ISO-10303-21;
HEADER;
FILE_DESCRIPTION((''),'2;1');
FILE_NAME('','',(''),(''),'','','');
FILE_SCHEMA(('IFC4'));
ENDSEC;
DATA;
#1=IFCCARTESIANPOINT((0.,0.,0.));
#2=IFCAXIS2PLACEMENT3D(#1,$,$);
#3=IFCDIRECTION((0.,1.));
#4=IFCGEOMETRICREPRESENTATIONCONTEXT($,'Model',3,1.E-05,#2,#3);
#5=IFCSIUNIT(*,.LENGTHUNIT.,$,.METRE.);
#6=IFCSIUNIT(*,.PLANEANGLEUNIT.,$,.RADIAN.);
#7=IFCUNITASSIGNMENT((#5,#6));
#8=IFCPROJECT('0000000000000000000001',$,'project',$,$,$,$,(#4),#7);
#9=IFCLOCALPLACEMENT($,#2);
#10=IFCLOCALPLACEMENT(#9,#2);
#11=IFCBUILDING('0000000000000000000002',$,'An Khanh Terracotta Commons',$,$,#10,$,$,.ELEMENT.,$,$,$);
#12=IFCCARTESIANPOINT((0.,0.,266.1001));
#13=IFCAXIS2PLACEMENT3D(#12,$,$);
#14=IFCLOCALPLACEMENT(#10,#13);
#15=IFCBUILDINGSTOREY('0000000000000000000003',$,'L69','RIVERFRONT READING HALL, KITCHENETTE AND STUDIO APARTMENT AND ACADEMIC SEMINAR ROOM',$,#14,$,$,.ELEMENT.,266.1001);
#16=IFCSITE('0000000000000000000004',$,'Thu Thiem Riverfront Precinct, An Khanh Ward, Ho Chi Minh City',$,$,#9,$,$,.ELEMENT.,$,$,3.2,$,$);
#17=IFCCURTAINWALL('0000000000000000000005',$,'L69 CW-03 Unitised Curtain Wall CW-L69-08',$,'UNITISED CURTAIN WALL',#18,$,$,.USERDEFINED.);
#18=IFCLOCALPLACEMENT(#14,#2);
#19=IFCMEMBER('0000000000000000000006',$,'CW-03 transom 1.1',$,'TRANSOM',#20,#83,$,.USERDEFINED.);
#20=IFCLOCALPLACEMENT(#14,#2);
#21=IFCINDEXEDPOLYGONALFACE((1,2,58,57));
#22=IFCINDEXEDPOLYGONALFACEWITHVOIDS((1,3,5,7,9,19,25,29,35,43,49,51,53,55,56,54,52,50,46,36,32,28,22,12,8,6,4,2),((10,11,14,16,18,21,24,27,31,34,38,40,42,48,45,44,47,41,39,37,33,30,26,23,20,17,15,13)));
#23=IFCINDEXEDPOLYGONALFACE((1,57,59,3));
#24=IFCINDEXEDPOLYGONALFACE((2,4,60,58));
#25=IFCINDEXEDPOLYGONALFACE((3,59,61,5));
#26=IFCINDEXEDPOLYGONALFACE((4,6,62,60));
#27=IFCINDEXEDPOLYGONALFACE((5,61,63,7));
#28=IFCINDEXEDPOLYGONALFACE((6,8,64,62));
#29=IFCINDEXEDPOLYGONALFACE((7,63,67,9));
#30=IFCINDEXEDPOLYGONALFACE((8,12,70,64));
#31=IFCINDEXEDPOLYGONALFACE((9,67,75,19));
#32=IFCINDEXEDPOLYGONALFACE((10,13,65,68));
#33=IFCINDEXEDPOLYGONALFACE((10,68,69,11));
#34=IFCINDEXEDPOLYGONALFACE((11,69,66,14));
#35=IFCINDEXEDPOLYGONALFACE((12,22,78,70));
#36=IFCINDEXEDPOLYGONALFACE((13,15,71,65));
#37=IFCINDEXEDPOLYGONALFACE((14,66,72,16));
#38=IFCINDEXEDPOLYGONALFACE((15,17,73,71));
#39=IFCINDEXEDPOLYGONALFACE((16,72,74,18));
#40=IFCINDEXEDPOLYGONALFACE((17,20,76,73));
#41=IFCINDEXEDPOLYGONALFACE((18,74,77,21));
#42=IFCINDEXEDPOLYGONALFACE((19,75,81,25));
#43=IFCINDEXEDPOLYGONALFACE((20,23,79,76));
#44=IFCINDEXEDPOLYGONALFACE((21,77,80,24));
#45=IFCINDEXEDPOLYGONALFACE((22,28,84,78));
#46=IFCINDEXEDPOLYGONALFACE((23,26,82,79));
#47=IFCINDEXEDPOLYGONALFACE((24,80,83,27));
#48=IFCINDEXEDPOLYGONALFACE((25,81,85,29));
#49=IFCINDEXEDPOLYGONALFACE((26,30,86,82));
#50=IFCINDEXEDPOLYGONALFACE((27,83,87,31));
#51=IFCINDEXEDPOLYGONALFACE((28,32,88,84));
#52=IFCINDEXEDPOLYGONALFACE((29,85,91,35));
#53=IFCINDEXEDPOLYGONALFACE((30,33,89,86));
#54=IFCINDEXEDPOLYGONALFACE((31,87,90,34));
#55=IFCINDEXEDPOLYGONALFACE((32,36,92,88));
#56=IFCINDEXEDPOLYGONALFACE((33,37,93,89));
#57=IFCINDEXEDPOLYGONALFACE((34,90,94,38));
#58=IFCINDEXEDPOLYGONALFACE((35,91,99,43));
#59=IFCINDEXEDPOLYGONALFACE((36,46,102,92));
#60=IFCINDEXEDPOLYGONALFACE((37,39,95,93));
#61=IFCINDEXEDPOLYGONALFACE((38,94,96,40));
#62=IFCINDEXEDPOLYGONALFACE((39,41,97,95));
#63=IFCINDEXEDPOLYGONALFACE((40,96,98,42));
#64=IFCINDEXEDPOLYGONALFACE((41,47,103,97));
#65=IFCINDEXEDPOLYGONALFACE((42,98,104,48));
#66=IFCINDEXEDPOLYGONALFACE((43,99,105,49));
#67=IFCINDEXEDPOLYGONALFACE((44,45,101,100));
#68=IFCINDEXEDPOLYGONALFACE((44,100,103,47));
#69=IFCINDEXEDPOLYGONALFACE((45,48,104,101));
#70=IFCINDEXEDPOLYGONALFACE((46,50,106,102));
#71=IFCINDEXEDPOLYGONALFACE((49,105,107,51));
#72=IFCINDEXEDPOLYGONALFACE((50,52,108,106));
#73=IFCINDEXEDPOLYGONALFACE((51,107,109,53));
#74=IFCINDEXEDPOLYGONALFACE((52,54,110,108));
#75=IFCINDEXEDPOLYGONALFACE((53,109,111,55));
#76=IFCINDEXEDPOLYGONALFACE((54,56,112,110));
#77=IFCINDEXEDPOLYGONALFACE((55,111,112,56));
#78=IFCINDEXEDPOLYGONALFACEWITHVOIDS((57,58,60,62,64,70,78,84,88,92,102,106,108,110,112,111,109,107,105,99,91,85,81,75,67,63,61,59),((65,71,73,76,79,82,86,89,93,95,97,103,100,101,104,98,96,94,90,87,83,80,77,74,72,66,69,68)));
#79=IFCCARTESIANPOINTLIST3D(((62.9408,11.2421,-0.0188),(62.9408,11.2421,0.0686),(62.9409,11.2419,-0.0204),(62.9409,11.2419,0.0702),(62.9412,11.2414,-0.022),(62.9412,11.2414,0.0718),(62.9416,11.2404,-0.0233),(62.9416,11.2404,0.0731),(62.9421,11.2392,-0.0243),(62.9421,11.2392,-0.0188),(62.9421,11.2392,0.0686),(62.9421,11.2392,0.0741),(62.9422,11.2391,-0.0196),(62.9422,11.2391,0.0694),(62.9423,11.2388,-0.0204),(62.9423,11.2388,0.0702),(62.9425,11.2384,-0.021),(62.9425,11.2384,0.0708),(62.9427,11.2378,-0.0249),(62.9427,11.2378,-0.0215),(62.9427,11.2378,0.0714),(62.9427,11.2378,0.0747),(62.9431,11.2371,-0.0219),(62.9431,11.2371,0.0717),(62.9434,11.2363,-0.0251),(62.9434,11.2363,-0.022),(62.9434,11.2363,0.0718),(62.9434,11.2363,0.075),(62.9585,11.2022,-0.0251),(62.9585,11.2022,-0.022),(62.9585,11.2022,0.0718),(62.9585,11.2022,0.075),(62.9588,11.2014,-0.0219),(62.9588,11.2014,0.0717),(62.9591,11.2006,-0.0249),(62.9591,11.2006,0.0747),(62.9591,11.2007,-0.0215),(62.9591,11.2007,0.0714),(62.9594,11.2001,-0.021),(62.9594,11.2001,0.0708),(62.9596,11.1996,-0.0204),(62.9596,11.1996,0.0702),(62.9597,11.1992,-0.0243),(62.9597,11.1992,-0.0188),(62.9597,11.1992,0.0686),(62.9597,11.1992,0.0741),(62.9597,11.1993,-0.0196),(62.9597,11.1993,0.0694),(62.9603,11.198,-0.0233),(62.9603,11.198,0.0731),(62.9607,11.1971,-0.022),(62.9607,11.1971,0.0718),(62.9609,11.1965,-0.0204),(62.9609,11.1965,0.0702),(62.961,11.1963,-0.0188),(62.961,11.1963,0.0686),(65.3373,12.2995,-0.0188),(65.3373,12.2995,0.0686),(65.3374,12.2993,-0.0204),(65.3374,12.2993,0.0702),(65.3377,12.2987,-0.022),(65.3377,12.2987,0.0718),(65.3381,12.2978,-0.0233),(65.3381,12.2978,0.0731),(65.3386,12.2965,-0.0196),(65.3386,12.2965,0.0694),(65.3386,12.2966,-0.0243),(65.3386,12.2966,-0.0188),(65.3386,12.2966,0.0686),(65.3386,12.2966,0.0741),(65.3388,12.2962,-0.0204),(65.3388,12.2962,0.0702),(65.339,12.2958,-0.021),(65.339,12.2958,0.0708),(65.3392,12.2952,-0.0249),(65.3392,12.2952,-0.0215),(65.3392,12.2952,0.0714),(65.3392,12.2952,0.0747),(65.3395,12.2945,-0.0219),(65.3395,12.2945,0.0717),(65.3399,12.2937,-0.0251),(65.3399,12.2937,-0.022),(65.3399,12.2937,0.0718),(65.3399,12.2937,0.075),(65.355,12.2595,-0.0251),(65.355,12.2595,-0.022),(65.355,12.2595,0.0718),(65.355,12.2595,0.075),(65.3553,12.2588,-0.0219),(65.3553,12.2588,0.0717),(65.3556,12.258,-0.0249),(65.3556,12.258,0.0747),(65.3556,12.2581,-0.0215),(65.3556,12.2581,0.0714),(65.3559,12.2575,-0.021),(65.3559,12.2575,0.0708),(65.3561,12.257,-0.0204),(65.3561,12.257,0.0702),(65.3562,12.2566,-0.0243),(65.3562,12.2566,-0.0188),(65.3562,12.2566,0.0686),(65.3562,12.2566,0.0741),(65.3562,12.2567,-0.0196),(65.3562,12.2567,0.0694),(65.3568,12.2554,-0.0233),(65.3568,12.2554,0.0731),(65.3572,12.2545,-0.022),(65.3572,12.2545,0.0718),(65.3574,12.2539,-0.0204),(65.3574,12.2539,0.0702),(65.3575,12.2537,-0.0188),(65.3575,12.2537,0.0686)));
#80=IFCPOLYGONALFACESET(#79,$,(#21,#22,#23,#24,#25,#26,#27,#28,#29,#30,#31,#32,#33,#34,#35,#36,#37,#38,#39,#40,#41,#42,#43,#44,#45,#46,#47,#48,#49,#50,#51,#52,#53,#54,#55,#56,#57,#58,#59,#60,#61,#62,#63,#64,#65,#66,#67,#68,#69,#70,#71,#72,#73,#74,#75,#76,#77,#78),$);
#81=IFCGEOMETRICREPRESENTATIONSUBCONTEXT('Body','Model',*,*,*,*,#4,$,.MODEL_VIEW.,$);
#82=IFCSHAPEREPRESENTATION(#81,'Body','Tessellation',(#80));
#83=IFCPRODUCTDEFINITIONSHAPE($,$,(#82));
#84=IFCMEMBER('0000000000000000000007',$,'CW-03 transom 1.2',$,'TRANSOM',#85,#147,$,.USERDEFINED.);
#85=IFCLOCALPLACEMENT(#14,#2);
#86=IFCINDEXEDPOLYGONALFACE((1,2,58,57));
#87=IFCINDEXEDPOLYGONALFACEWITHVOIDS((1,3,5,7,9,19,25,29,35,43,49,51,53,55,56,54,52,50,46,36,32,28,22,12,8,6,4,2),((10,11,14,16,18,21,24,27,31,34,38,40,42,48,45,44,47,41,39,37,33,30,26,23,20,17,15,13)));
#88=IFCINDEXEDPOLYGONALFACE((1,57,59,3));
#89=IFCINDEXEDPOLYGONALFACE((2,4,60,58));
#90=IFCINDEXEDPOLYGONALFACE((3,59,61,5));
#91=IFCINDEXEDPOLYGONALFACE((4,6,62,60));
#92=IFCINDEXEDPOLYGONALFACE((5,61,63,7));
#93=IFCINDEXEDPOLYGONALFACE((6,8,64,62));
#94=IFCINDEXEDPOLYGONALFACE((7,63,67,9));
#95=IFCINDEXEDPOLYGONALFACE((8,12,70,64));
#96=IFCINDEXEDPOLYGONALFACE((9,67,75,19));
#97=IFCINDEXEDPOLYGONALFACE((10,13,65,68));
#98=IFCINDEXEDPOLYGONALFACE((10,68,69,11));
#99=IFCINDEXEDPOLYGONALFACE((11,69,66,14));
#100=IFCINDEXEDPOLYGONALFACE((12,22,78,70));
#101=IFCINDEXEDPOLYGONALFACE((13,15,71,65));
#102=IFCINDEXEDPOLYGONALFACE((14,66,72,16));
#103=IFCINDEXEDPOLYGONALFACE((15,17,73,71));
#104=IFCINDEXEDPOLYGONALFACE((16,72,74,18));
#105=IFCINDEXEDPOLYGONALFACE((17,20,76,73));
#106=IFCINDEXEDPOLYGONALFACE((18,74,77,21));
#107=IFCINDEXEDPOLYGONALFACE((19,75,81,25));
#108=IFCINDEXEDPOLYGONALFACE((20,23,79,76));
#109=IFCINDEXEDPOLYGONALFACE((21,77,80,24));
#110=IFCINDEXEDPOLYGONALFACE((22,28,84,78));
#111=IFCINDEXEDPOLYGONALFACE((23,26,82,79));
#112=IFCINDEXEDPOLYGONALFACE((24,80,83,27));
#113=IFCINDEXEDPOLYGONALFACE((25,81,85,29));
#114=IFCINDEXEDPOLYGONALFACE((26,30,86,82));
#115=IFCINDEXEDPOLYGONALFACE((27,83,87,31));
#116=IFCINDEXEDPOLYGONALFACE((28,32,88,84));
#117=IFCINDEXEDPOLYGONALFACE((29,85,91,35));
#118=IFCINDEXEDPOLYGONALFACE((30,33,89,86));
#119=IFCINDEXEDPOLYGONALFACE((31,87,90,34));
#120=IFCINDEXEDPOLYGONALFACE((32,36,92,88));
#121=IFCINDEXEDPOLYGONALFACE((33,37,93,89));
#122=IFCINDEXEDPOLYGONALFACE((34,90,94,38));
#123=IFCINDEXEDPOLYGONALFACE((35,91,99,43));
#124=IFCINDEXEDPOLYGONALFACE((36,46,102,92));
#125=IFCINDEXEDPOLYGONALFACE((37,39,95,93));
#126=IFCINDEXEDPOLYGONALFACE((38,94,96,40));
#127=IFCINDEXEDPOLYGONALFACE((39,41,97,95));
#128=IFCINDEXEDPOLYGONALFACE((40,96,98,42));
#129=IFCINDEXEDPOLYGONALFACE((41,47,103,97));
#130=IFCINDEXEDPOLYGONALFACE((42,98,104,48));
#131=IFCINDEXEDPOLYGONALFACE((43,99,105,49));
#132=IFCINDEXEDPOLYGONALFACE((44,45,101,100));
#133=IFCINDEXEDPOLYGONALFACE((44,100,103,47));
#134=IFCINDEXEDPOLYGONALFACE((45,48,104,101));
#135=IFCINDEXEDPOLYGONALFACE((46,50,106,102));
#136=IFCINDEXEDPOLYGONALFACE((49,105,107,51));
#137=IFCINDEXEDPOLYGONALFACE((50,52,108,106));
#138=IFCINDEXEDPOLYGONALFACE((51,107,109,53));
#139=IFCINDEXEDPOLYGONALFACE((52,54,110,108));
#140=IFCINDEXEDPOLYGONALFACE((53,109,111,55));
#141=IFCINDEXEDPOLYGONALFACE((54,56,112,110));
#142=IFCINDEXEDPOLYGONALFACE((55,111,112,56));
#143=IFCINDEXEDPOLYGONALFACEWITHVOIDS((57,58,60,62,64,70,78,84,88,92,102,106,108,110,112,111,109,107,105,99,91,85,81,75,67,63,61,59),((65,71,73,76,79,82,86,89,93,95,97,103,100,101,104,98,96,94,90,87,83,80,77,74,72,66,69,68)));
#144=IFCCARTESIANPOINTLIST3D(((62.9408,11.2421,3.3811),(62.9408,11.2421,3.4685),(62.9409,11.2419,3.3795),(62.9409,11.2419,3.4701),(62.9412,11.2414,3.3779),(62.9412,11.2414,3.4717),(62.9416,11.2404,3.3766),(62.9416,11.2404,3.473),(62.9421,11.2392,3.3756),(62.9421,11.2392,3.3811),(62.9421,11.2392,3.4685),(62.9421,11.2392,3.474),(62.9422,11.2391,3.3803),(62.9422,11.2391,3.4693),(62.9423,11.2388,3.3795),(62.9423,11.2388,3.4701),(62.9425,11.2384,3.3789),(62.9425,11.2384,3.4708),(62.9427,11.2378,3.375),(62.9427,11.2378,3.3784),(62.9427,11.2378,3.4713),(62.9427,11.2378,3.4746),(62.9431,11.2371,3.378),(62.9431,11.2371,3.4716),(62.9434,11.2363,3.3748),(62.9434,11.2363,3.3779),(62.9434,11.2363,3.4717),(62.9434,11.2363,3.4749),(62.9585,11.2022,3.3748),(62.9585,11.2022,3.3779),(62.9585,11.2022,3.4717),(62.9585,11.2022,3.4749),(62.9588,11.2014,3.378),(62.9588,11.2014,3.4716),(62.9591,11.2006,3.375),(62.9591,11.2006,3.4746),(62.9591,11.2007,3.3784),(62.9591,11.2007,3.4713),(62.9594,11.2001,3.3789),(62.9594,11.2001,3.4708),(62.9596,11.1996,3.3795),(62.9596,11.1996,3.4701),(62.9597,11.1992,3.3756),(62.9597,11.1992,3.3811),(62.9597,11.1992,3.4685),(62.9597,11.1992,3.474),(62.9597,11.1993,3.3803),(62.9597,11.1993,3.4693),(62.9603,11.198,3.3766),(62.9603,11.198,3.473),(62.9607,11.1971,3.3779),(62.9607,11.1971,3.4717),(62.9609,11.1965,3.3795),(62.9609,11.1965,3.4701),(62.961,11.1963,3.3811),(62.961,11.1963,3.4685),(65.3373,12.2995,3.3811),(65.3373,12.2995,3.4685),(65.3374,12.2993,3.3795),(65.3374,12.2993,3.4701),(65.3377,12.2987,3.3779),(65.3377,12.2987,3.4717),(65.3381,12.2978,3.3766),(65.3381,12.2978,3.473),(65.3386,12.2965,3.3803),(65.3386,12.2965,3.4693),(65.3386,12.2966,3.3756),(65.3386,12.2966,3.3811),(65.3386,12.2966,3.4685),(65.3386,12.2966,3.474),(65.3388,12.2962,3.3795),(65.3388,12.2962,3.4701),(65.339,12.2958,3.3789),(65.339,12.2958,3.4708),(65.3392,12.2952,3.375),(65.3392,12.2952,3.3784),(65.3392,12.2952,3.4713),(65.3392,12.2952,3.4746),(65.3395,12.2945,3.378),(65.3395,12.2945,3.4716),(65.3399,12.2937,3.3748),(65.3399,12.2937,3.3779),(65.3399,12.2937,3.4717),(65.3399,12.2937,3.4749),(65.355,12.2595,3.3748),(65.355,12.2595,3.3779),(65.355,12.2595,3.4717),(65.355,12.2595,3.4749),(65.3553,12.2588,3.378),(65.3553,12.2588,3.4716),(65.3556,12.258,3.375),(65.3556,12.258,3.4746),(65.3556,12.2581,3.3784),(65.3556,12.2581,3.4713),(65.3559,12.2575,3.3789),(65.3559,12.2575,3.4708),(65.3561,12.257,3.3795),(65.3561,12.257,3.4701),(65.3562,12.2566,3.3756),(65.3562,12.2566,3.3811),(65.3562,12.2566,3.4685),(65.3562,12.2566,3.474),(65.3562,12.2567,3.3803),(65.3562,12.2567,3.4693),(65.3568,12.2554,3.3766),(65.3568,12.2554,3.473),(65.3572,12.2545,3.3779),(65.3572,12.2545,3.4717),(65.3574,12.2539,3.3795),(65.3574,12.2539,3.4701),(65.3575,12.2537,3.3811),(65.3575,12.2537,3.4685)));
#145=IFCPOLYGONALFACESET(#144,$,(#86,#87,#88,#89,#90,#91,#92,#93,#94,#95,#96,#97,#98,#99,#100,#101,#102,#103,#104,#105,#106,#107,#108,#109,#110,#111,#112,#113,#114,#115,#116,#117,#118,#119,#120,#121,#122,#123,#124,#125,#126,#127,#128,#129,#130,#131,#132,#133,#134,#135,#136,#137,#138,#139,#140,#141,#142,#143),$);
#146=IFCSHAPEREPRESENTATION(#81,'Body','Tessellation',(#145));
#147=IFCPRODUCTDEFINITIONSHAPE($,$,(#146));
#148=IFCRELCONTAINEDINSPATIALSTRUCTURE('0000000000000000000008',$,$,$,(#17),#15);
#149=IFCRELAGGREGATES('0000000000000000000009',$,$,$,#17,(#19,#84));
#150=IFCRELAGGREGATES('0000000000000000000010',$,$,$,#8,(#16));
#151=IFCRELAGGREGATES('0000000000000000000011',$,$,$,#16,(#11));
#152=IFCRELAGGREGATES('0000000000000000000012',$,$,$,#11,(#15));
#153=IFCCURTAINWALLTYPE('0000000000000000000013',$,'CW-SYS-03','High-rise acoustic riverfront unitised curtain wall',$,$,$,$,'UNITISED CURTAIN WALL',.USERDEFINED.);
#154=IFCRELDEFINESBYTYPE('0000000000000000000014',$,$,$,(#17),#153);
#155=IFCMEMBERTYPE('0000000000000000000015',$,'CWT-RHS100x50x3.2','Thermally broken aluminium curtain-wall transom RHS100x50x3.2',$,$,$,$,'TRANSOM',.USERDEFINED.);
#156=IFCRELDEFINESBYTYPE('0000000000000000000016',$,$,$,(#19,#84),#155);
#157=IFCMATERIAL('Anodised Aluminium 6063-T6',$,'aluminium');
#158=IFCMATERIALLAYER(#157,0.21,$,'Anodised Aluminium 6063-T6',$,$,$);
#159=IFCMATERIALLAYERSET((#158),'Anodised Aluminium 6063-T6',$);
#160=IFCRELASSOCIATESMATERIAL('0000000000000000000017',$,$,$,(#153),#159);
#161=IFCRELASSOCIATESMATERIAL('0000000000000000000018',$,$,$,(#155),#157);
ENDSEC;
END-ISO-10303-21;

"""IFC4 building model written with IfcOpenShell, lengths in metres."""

from ifc_helpers import new_model, si_unit, direction, frame, origin, origin_2d, place, context, subcontext, project, spatial, hollow_rectangle, extrude, material, layer, layer_set, material_profile, profile_set, type_object, element, aggregate, save


model = new_model("IFC4")

# Units and contexts
model_context = context("Model", 3, precision=1e-05, world=origin(), true_north=direction((0.0, 1.0)))
body_context = subcontext(model_context, "Body", "Model", "MODEL_VIEW")
ifc_project = project(units=[si_unit("LENGTHUNIT", "METRE"), si_unit("PLANEANGLEUNIT", "RADIAN")], contexts=[model_context])

# Site, building, storey
site_placement = place(None, origin())
site = spatial("IfcSite", under=ifc_project, at=site_placement, Name="Thu Thiem Riverfront Precinct, An Khanh Ward, Ho Chi Minh City", CompositionType="ELEMENT", RefElevation=3.2)
building_placement = place(site_placement, origin())
building = spatial("IfcBuilding", under=site, at=building_placement, Name="An Khanh Terracotta Commons", CompositionType="ELEMENT")
storey_placement = place(building_placement, frame((0.0, 0.0, 266.1001)))
storey = spatial("IfcBuildingStorey", under=building, at=storey_placement, Name="L69", Description="RIVERFRONT READING HALL, KITCHENETTE AND STUDIO APARTMENT AND ACADEMIC SEMINAR ROOM", CompositionType="ELEMENT", Elevation=266.1001)

# Curtain wall, members
ifc_material_1 = material(Name="Anodised Aluminium 6063-T6", Category="aluminium")
ifc_layer_1 = layer(ifc_material_1, 0.21, Name="Anodised Aluminium 6063-T6")
ifc_layer_set_1 = layer_set([ifc_layer_1], Name="Anodised Aluminium 6063-T6")
curtain_wall_type = type_object("IfcCurtainWallType", Name="CW-SYS-03", Description="High-rise acoustic riverfront unitised curtain wall", ElementType="UNITISED CURTAIN WALL", PredefinedType="USERDEFINED", material=ifc_layer_set_1)
curtain_wall_placement = place(storey_placement, origin())
curtain_wall = element("IfcCurtainWall", 1, at=curtain_wall_placement, inside=storey, type_object=curtain_wall_type, Name="L69 CW-03 Unitised Curtain Wall CW-L69-08", ObjectType="UNITISED CURTAIN WALL", PredefinedType="USERDEFINED")
ifc_material_profile_1 = material_profile(ifc_material_1, hollow_rectangle(XDim=0.05, YDim=0.1001, WallThickness=0.0032, InnerFilletRadius=0.0032, OuterFilletRadius=0.0063, at=origin_2d()), Name="RHS100x50x3.2")
ifc_profile_set_1 = profile_set([ifc_material_profile_1], Name="Anodised Aluminium 6063-T6")
member_type_1 = type_object("IfcMemberType", Name="CWT-RHS100x50x3.2", Description="Thermally broken aluminium curtain-wall transom RHS100x50x3.2", ElementType="TRANSOM", PredefinedType="USERDEFINED", material=ifc_profile_set_1)
member_1_placement = place(storey_placement, frame((62.9509, 11.2192, 0.0249), z_axis=(0.914904, 0.403672, 0.0), x_axis=(-0.403672, 0.914904, 0.0)))
member_1 = element("IfcMember", 2, at=member_1_placement, type_object=member_type_1, Name="CW-03 transom 1.1", ObjectType="TRANSOM", PredefinedType="USERDEFINED", context=body_context, shape_type="SweptSolid", body=[
    extrude(hollow_rectangle(XDim=0.05, YDim=0.1001, WallThickness=0.0032, InnerFilletRadius=0.0032, OuterFilletRadius=0.0063, at=origin_2d()), origin(), (0.0, 0.0, 1.0), 2.6194),
])
member_2_placement = place(storey_placement, frame((62.9509, 11.2192, 3.4248), z_axis=(0.914904, 0.403672, 0.0), x_axis=(-0.403672, 0.914904, 0.0)))
member_2 = element("IfcMember", 3, at=member_2_placement, type_object=member_type_1, Name="CW-03 transom 1.2", ObjectType="TRANSOM", PredefinedType="USERDEFINED", context=body_context, shape_type="SweptSolid", body=[
    extrude(hollow_rectangle(XDim=0.05, YDim=0.1001, WallThickness=0.0032, InnerFilletRadius=0.0032, OuterFilletRadius=0.0063, at=origin_2d()), origin(), (0.0, 0.0, 1.0), 2.6194),
])
aggregate(curtain_wall, [member_1, member_2])

save(model, "model.ifc")
